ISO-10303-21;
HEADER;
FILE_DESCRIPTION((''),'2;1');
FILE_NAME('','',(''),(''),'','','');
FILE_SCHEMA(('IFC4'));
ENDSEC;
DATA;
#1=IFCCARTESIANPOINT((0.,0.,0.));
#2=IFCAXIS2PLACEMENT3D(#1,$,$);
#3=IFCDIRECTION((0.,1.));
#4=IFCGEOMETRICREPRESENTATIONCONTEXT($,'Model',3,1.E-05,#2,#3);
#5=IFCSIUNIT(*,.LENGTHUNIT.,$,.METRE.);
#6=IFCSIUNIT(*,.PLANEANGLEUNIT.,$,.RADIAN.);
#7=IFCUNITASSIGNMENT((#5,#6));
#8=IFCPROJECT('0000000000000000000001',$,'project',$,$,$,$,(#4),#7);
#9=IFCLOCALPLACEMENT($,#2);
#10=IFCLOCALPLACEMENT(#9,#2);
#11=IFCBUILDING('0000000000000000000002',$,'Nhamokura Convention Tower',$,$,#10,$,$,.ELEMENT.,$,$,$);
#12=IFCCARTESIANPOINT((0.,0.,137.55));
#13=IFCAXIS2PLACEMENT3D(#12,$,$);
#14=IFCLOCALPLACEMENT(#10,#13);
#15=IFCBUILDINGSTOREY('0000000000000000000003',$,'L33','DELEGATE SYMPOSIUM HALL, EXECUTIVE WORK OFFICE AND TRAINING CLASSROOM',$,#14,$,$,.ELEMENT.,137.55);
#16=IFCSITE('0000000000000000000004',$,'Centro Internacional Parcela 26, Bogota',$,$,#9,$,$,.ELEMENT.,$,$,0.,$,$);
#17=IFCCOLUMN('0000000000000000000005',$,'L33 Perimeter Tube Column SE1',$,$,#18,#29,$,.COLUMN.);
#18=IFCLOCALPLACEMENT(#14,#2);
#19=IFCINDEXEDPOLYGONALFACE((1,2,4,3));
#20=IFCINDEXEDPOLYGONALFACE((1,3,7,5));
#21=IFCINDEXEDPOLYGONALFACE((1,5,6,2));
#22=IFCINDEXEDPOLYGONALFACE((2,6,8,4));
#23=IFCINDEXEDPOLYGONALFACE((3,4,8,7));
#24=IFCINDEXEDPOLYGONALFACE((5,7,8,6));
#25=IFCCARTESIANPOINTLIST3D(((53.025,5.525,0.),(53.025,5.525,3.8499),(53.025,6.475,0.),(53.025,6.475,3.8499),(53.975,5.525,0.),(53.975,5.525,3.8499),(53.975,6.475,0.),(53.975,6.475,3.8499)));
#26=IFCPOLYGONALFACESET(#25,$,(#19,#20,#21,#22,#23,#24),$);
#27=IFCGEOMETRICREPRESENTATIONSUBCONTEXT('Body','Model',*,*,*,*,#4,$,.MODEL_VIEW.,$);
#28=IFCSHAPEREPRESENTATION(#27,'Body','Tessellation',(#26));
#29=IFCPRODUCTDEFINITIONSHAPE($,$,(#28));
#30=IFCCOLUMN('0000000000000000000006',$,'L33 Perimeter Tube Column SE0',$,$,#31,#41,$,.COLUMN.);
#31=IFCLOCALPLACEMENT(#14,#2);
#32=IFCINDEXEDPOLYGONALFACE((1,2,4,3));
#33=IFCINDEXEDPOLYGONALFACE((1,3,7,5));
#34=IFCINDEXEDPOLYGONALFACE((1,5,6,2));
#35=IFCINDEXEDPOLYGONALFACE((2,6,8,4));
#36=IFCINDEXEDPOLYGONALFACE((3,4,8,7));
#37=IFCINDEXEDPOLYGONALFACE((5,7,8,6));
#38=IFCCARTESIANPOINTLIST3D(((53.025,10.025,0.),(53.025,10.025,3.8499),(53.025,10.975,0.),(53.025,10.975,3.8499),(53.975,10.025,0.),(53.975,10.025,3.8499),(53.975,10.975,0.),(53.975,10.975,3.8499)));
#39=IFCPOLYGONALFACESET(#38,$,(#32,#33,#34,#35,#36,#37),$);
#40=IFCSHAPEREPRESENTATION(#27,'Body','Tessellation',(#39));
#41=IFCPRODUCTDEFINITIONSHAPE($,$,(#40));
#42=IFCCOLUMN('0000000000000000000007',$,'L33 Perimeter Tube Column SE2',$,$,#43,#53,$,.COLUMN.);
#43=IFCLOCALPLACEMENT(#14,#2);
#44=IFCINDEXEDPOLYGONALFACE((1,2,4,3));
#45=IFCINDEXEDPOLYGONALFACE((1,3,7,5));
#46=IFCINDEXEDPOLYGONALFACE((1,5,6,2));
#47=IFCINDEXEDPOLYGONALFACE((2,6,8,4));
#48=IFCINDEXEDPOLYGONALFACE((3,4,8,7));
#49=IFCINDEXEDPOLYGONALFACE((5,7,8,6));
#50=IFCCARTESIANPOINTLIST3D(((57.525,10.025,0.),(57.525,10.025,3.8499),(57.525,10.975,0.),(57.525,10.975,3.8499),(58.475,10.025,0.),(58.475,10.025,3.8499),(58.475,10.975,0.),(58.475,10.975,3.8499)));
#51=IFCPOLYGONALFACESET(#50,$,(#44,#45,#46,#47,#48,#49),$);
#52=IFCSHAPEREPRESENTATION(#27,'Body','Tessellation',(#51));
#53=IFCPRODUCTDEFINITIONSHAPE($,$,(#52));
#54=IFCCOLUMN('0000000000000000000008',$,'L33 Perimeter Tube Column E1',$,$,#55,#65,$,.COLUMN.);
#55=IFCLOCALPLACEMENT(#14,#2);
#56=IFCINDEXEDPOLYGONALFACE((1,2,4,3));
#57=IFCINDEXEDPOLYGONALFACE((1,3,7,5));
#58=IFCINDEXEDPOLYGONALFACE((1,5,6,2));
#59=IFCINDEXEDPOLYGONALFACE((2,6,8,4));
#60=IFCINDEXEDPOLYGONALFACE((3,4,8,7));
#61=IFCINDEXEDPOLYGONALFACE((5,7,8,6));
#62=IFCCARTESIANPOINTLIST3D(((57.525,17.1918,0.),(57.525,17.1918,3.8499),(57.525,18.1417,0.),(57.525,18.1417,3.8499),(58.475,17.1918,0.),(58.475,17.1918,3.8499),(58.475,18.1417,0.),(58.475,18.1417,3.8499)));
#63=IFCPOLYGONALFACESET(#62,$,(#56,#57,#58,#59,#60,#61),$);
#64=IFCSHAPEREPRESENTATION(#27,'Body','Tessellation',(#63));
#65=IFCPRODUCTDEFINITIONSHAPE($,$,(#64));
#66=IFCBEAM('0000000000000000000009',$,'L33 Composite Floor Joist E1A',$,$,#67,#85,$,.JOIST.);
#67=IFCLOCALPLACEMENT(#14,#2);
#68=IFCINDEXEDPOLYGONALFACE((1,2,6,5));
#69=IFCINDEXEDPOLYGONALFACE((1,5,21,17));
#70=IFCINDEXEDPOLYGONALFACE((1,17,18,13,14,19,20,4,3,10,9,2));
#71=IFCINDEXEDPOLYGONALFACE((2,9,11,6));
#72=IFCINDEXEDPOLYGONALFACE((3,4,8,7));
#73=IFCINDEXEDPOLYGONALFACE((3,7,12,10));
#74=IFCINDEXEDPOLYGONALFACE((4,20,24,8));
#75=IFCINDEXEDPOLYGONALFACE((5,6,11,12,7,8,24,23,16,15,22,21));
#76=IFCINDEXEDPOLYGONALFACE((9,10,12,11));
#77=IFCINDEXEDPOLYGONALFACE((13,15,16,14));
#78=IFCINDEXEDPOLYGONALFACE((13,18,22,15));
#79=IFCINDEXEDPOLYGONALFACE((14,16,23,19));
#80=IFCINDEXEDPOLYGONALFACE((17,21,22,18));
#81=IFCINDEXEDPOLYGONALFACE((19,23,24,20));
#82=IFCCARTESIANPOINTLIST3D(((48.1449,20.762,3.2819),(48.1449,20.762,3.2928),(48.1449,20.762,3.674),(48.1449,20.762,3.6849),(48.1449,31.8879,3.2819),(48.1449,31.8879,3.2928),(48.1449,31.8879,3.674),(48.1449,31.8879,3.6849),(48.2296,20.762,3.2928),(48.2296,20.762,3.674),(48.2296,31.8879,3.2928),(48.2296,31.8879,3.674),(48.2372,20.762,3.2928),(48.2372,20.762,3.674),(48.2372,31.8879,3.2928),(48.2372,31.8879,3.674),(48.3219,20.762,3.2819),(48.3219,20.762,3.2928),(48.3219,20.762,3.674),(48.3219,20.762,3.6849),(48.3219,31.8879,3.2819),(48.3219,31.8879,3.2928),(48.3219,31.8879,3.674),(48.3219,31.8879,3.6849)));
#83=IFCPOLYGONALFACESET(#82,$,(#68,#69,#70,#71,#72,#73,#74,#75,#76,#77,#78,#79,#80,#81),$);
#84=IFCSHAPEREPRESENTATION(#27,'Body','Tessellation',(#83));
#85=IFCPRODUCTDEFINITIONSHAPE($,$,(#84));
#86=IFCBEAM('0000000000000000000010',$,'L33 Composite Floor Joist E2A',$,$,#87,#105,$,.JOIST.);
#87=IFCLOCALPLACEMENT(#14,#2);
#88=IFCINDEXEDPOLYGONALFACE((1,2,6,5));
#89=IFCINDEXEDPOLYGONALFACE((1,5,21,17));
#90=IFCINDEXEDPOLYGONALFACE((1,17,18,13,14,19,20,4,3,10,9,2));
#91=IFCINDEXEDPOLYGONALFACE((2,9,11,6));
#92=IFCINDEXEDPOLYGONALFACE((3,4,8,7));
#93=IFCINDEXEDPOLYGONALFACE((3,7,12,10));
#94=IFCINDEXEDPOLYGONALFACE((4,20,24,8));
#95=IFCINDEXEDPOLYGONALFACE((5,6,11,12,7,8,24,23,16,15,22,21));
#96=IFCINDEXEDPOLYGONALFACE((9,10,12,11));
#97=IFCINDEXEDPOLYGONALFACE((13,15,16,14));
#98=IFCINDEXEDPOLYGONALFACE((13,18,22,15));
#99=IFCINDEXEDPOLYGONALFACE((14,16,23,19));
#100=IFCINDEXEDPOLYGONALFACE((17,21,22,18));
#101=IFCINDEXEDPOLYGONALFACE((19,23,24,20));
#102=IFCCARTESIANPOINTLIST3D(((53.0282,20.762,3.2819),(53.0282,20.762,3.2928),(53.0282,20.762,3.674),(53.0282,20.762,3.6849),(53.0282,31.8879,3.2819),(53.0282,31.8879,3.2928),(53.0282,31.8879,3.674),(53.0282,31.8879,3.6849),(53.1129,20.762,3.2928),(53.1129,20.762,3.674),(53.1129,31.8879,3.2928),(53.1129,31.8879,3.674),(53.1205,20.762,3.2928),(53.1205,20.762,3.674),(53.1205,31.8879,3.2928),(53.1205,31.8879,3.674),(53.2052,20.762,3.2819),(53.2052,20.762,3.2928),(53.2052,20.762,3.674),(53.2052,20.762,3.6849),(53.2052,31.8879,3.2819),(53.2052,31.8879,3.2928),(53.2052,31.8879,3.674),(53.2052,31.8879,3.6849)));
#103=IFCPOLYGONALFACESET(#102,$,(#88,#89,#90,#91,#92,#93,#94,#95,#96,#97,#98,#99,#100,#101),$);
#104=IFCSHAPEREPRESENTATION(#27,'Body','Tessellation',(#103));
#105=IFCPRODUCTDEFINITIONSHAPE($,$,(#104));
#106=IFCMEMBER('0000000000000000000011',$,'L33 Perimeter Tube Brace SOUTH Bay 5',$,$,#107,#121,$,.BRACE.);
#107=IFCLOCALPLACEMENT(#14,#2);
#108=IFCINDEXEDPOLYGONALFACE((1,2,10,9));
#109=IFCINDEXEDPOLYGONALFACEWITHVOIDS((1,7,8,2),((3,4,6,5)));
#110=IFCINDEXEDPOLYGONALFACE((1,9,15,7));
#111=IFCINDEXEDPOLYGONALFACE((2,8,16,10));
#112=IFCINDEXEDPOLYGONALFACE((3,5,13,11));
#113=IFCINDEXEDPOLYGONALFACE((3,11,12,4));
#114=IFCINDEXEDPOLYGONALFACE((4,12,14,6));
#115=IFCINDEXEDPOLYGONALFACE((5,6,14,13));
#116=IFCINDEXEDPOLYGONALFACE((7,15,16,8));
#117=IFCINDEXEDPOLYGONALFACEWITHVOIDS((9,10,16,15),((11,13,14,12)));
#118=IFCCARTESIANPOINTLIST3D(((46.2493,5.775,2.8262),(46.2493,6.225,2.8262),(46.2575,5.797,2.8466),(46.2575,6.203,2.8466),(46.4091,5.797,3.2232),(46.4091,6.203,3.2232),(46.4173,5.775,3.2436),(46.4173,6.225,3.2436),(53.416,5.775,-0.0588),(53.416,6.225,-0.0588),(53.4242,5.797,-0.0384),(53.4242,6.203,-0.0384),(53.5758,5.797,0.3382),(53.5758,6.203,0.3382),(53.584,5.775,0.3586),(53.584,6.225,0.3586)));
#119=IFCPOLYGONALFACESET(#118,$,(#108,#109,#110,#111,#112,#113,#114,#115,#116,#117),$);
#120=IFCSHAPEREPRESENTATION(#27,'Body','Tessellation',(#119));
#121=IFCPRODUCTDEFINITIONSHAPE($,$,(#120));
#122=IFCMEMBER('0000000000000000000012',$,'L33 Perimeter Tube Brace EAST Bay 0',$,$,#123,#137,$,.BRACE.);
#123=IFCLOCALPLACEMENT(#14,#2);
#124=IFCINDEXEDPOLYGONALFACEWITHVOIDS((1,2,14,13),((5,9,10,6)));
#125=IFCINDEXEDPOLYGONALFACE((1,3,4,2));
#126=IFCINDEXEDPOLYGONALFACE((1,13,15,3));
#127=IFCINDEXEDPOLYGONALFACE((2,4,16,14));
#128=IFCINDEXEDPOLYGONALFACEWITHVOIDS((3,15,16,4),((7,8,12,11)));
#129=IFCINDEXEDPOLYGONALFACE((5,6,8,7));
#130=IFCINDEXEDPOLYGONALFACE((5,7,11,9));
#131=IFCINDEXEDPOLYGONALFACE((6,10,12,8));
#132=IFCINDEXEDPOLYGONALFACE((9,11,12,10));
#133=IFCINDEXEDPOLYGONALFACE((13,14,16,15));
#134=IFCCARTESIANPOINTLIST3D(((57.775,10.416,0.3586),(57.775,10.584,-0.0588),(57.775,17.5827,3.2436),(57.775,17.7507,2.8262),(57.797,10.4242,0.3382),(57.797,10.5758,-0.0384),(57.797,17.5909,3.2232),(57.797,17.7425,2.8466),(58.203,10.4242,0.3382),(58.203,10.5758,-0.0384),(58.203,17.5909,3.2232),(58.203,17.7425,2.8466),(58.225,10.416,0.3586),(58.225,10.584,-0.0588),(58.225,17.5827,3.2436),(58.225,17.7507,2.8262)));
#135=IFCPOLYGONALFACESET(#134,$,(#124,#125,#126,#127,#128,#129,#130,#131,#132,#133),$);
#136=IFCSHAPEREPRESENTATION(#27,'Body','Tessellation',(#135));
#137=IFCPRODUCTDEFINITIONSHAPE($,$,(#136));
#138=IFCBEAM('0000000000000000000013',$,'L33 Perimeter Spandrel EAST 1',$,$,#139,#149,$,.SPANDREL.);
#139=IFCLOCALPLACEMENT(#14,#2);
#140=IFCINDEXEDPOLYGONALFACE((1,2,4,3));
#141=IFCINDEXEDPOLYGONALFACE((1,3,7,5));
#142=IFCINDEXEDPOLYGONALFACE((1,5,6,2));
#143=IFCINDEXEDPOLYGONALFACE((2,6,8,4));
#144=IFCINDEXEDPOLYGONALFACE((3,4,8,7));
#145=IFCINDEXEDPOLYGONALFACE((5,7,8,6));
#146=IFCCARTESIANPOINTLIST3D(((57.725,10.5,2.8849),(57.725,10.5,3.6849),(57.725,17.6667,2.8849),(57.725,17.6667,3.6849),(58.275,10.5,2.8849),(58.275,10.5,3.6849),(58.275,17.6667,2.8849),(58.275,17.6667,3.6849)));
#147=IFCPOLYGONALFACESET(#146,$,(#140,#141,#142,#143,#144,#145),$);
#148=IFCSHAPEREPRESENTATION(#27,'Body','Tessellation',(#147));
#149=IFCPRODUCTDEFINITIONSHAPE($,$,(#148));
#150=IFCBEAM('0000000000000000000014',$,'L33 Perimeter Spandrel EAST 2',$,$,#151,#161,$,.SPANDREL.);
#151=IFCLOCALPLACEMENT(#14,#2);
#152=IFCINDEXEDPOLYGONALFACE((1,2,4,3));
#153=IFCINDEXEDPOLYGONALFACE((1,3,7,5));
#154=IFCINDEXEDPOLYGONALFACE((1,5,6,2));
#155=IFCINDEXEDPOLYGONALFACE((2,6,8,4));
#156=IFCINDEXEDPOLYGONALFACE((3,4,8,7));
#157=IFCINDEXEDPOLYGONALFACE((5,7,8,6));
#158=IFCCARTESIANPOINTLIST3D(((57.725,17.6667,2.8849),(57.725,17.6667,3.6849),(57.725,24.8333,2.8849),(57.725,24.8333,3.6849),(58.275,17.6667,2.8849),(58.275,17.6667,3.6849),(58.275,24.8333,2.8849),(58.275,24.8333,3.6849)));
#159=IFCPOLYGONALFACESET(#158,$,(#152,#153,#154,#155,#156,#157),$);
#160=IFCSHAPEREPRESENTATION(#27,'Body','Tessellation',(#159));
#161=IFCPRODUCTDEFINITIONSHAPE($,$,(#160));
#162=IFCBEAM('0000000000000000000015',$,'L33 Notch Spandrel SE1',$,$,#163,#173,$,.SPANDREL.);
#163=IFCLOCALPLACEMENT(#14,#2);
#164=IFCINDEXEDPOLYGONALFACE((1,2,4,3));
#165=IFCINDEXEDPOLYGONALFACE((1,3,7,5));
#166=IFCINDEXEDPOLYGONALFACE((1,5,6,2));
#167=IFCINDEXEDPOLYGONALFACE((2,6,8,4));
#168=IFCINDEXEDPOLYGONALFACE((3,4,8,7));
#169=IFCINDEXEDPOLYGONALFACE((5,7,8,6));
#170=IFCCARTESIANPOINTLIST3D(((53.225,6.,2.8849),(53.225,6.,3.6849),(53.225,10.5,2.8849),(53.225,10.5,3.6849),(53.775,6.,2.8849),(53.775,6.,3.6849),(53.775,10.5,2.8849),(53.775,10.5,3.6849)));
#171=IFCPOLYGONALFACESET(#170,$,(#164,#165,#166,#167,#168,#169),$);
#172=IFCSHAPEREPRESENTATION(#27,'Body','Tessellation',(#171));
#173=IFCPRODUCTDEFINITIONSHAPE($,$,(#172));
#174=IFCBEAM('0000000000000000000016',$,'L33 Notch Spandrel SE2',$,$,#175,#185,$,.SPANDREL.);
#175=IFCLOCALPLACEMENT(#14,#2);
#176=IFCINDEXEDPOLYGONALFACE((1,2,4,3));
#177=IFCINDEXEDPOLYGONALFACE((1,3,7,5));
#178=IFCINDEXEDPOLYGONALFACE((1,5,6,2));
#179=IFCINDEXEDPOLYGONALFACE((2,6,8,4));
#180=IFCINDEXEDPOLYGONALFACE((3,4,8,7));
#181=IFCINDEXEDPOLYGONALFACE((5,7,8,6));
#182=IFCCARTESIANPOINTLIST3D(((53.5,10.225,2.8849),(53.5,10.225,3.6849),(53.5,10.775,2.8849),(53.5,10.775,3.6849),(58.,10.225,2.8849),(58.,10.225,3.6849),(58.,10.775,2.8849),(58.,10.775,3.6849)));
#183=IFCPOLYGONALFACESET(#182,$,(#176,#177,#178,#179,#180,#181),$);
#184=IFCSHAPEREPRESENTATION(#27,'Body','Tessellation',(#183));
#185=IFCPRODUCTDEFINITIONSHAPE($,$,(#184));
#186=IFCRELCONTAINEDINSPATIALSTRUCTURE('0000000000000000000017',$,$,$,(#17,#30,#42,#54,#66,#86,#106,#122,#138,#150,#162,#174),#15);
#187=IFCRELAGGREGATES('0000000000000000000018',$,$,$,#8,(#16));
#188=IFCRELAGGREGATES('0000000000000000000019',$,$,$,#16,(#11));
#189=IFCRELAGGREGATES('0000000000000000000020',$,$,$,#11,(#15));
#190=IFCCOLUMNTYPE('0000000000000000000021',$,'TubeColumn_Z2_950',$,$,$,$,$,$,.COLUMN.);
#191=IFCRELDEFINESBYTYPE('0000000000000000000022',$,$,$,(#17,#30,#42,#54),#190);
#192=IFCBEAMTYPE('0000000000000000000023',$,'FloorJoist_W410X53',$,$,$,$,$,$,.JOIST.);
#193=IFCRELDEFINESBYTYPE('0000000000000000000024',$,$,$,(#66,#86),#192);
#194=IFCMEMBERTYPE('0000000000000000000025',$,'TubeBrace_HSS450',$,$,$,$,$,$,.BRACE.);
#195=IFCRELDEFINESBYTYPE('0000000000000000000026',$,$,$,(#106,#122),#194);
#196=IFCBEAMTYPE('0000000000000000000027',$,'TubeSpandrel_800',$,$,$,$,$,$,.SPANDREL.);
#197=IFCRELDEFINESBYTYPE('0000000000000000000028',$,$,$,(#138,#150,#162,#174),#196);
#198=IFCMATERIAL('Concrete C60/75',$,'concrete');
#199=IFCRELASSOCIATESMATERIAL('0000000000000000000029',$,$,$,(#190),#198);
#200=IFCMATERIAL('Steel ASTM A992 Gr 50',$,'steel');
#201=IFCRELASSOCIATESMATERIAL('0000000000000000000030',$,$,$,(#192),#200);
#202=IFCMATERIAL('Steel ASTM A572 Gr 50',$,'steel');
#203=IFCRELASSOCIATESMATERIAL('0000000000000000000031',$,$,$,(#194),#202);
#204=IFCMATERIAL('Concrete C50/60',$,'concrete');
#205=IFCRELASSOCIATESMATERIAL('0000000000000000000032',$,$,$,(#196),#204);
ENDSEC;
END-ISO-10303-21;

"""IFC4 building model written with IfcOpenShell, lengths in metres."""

from ifc_helpers import new_model, si_unit, direction, frame, origin, origin_2d, place, context, subcontext, project, spatial, rectangle, hollow_rectangle, i_section, extrude, material, material_profile, profile_set, type_object, element, save


model = new_model("IFC4")

# Units and contexts
model_context = context("Model", 3, precision=1e-05, world=origin(), true_north=direction((0.0, 1.0)))
body_context = subcontext(model_context, "Body", "Model", "MODEL_VIEW")
ifc_project = project(units=[si_unit("LENGTHUNIT", "METRE"), si_unit("PLANEANGLEUNIT", "RADIAN")], contexts=[model_context])

# Site, building, storey
site_placement = place(None, origin())
site = spatial("IfcSite", under=ifc_project, at=site_placement, Name="Centro Internacional Parcela 26, Bogota", CompositionType="ELEMENT", RefElevation=0.0)
building_placement = place(site_placement, origin())
building = spatial("IfcBuilding", under=site, at=building_placement, Name="Nhamokura Convention Tower", CompositionType="ELEMENT")
storey_placement = place(building_placement, frame((0.0, 0.0, 137.55)))
storey = spatial("IfcBuildingStorey", under=building, at=storey_placement, Name="L33", Description="DELEGATE SYMPOSIUM HALL, EXECUTIVE WORK OFFICE AND TRAINING CLASSROOM", CompositionType="ELEMENT", Elevation=137.55)

# Columns
ifc_material_1 = material(Name="Concrete C60/75", Category="concrete")
ifc_material_profile_1 = material_profile(ifc_material_1, rectangle(XDim=0.95, YDim=0.95, at=origin_2d()))
ifc_profile_set_1 = profile_set([ifc_material_profile_1], Name="Concrete C60/75")
column_type = type_object("IfcColumnType", Name="TubeColumn_Z2_950", PredefinedType="COLUMN", material=ifc_profile_set_1)
for number, where, z_axis, x_axis, name in (
    (1, (53.5, 6.0, 0.0), (0.0, 0.0, 1.0), (1.0, 0.0, 0.0), "L33 Perimeter Tube Column SE1"),
    (2, (53.5, 10.5, 0.0), (0.0, 0.0, 1.0), (1.0, 0.0, 0.0), "L33 Perimeter Tube Column SE0"),
    (3, (58.0, 10.5, 0.0), (0.0, 0.0, 1.0), (1.0, 0.0, 0.0), "L33 Perimeter Tube Column SE2"),
    (4, (58.0, 17.6667, 0.0), (0.0, 0.0, 1.0), (1.0, 0.0, 0.0), "L33 Perimeter Tube Column E1"),
):
    element("IfcColumn", number, at=place(storey_placement, frame(where, z_axis=z_axis, x_axis=x_axis)), inside=storey, type_object=column_type, Name=name, PredefinedType="COLUMN", context=body_context, shape_type="SweptSolid", body=[
        extrude(rectangle(XDim=0.95, YDim=0.95, at=origin_2d()), origin(), (0.0, 0.0, 1.0), 3.8499),
    ])

# Beams
ifc_material_2 = material(Name="Steel ASTM A992 Gr 50", Category="steel")
ifc_material_profile_2 = material_profile(ifc_material_2, i_section(OverallWidth=0.177, OverallDepth=0.4031, WebThickness=0.0076, FlangeThickness=0.011, at=origin_2d()))
ifc_profile_set_2 = profile_set([ifc_material_profile_2], Name="Steel ASTM A992 Gr 50")
beam_type_1 = type_object("IfcBeamType", Name="FloorJoist_W410X53", PredefinedType="JOIST", material=ifc_profile_set_2)
for number, where, z_axis, x_axis, name in (
    (5, (48.2334, 20.762, 3.4834), (0.0, 1.0, 0.0), (-1.0, 0.0, 0.0), "L33 Composite Floor Joist E1A"),
    (6, (53.1167, 20.762, 3.4834), (0.0, 1.0, 0.0), (-1.0, 0.0, 0.0), "L33 Composite Floor Joist E2A"),
):
    element("IfcBeam", number, at=place(storey_placement, frame(where, z_axis=z_axis, x_axis=x_axis)), inside=storey, type_object=beam_type_1, Name=name, PredefinedType="JOIST", context=body_context, shape_type="SweptSolid", body=[
        extrude(i_section(OverallWidth=0.177, OverallDepth=0.4031, WebThickness=0.0076, FlangeThickness=0.011, at=origin_2d()), origin(), (0.0, 0.0, 1.0), 11.126),
    ])

# Members
ifc_material_3 = material(Name="Steel ASTM A572 Gr 50", Category="steel")
ifc_material_profile_3 = material_profile(ifc_material_3, hollow_rectangle(XDim=0.45, YDim=0.45, WallThickness=0.022, at=origin_2d()))
ifc_profile_set_3 = profile_set([ifc_material_profile_3], Name="Steel ASTM A572 Gr 50")
member_type = type_object("IfcMemberType", Name="TubeBrace_HSS450", PredefinedType="BRACE", material=ifc_profile_set_3)
for number, where, z_axis, x_axis, name in (
    (7, (53.5, 6.0, 0.1499), (-0.927657, 0.0, 0.373433), (0.0, -1.0, 0.0), "L33 Perimeter Tube Brace SOUTH Bay 5"),
    (8, (58.0, 10.5, 0.1499), (0.0, 0.927657, 0.373433), (-1.0, 0.0, 0.0), "L33 Perimeter Tube Brace EAST Bay 0"),
):
    element("IfcMember", number, at=place(storey_placement, frame(where, z_axis=z_axis, x_axis=x_axis)), inside=storey, type_object=member_type, Name=name, PredefinedType="BRACE", context=body_context, shape_type="SweptSolid", body=[
        extrude(hollow_rectangle(XDim=0.45, YDim=0.45, WallThickness=0.022, at=origin_2d()), origin(), (0.0, 0.0, 1.0), 7.7256),
    ])

# Beams
ifc_material_4 = material(Name="Concrete C50/60", Category="concrete")
ifc_material_profile_4 = material_profile(ifc_material_4, rectangle(XDim=0.55, YDim=0.8, at=origin_2d()))
ifc_profile_set_4 = profile_set([ifc_material_profile_4], Name="Concrete C50/60")
beam_type_2 = type_object("IfcBeamType", Name="TubeSpandrel_800", PredefinedType="SPANDREL", material=ifc_profile_set_4)
beam_1_placement = place(storey_placement, frame((58.0, 10.5, 3.2849), z_axis=(0.0, 1.0, 0.0), x_axis=(-1.0, 0.0, 0.0)))
element("IfcBeam", 9, at=beam_1_placement, inside=storey, type_object=beam_type_2, Name="L33 Perimeter Spandrel EAST 1", PredefinedType="SPANDREL", context=body_context, shape_type="SweptSolid", body=[
    extrude(rectangle(XDim=0.55, YDim=0.8, at=origin_2d()), origin(), (0.0, 0.0, 1.0), 7.1667),
])
beam_2_placement = place(storey_placement, frame((58.0, 17.6667, 3.2849), z_axis=(0.0, 1.0, 0.0), x_axis=(-1.0, 0.0, 0.0)))
element("IfcBeam", 10, at=beam_2_placement, inside=storey, type_object=beam_type_2, Name="L33 Perimeter Spandrel EAST 2", PredefinedType="SPANDREL", context=body_context, shape_type="SweptSolid", body=[
    extrude(rectangle(XDim=0.55, YDim=0.8, at=origin_2d()), origin(), (0.0, 0.0, 1.0), 7.1665),
])
for number, where, z_axis, x_axis, name in (
    (11, (53.5, 6.0, 3.2849), (0.0, 1.0, 0.0), (-1.0, 0.0, 0.0), "L33 Notch Spandrel SE1"),
    (12, (53.5, 10.5, 3.2849), (1.0, 0.0, 0.0), (0.0, 1.0, 0.0), "L33 Notch Spandrel SE2"),
):
    element("IfcBeam", number, at=place(storey_placement, frame(where, z_axis=z_axis, x_axis=x_axis)), inside=storey, type_object=beam_type_2, Name=name, PredefinedType="SPANDREL", context=body_context, shape_type="SweptSolid", body=[
        extrude(rectangle(XDim=0.55, YDim=0.8, at=origin_2d()), origin(), (0.0, 0.0, 1.0), 4.5),
    ])

save(model, "model.ifc")
